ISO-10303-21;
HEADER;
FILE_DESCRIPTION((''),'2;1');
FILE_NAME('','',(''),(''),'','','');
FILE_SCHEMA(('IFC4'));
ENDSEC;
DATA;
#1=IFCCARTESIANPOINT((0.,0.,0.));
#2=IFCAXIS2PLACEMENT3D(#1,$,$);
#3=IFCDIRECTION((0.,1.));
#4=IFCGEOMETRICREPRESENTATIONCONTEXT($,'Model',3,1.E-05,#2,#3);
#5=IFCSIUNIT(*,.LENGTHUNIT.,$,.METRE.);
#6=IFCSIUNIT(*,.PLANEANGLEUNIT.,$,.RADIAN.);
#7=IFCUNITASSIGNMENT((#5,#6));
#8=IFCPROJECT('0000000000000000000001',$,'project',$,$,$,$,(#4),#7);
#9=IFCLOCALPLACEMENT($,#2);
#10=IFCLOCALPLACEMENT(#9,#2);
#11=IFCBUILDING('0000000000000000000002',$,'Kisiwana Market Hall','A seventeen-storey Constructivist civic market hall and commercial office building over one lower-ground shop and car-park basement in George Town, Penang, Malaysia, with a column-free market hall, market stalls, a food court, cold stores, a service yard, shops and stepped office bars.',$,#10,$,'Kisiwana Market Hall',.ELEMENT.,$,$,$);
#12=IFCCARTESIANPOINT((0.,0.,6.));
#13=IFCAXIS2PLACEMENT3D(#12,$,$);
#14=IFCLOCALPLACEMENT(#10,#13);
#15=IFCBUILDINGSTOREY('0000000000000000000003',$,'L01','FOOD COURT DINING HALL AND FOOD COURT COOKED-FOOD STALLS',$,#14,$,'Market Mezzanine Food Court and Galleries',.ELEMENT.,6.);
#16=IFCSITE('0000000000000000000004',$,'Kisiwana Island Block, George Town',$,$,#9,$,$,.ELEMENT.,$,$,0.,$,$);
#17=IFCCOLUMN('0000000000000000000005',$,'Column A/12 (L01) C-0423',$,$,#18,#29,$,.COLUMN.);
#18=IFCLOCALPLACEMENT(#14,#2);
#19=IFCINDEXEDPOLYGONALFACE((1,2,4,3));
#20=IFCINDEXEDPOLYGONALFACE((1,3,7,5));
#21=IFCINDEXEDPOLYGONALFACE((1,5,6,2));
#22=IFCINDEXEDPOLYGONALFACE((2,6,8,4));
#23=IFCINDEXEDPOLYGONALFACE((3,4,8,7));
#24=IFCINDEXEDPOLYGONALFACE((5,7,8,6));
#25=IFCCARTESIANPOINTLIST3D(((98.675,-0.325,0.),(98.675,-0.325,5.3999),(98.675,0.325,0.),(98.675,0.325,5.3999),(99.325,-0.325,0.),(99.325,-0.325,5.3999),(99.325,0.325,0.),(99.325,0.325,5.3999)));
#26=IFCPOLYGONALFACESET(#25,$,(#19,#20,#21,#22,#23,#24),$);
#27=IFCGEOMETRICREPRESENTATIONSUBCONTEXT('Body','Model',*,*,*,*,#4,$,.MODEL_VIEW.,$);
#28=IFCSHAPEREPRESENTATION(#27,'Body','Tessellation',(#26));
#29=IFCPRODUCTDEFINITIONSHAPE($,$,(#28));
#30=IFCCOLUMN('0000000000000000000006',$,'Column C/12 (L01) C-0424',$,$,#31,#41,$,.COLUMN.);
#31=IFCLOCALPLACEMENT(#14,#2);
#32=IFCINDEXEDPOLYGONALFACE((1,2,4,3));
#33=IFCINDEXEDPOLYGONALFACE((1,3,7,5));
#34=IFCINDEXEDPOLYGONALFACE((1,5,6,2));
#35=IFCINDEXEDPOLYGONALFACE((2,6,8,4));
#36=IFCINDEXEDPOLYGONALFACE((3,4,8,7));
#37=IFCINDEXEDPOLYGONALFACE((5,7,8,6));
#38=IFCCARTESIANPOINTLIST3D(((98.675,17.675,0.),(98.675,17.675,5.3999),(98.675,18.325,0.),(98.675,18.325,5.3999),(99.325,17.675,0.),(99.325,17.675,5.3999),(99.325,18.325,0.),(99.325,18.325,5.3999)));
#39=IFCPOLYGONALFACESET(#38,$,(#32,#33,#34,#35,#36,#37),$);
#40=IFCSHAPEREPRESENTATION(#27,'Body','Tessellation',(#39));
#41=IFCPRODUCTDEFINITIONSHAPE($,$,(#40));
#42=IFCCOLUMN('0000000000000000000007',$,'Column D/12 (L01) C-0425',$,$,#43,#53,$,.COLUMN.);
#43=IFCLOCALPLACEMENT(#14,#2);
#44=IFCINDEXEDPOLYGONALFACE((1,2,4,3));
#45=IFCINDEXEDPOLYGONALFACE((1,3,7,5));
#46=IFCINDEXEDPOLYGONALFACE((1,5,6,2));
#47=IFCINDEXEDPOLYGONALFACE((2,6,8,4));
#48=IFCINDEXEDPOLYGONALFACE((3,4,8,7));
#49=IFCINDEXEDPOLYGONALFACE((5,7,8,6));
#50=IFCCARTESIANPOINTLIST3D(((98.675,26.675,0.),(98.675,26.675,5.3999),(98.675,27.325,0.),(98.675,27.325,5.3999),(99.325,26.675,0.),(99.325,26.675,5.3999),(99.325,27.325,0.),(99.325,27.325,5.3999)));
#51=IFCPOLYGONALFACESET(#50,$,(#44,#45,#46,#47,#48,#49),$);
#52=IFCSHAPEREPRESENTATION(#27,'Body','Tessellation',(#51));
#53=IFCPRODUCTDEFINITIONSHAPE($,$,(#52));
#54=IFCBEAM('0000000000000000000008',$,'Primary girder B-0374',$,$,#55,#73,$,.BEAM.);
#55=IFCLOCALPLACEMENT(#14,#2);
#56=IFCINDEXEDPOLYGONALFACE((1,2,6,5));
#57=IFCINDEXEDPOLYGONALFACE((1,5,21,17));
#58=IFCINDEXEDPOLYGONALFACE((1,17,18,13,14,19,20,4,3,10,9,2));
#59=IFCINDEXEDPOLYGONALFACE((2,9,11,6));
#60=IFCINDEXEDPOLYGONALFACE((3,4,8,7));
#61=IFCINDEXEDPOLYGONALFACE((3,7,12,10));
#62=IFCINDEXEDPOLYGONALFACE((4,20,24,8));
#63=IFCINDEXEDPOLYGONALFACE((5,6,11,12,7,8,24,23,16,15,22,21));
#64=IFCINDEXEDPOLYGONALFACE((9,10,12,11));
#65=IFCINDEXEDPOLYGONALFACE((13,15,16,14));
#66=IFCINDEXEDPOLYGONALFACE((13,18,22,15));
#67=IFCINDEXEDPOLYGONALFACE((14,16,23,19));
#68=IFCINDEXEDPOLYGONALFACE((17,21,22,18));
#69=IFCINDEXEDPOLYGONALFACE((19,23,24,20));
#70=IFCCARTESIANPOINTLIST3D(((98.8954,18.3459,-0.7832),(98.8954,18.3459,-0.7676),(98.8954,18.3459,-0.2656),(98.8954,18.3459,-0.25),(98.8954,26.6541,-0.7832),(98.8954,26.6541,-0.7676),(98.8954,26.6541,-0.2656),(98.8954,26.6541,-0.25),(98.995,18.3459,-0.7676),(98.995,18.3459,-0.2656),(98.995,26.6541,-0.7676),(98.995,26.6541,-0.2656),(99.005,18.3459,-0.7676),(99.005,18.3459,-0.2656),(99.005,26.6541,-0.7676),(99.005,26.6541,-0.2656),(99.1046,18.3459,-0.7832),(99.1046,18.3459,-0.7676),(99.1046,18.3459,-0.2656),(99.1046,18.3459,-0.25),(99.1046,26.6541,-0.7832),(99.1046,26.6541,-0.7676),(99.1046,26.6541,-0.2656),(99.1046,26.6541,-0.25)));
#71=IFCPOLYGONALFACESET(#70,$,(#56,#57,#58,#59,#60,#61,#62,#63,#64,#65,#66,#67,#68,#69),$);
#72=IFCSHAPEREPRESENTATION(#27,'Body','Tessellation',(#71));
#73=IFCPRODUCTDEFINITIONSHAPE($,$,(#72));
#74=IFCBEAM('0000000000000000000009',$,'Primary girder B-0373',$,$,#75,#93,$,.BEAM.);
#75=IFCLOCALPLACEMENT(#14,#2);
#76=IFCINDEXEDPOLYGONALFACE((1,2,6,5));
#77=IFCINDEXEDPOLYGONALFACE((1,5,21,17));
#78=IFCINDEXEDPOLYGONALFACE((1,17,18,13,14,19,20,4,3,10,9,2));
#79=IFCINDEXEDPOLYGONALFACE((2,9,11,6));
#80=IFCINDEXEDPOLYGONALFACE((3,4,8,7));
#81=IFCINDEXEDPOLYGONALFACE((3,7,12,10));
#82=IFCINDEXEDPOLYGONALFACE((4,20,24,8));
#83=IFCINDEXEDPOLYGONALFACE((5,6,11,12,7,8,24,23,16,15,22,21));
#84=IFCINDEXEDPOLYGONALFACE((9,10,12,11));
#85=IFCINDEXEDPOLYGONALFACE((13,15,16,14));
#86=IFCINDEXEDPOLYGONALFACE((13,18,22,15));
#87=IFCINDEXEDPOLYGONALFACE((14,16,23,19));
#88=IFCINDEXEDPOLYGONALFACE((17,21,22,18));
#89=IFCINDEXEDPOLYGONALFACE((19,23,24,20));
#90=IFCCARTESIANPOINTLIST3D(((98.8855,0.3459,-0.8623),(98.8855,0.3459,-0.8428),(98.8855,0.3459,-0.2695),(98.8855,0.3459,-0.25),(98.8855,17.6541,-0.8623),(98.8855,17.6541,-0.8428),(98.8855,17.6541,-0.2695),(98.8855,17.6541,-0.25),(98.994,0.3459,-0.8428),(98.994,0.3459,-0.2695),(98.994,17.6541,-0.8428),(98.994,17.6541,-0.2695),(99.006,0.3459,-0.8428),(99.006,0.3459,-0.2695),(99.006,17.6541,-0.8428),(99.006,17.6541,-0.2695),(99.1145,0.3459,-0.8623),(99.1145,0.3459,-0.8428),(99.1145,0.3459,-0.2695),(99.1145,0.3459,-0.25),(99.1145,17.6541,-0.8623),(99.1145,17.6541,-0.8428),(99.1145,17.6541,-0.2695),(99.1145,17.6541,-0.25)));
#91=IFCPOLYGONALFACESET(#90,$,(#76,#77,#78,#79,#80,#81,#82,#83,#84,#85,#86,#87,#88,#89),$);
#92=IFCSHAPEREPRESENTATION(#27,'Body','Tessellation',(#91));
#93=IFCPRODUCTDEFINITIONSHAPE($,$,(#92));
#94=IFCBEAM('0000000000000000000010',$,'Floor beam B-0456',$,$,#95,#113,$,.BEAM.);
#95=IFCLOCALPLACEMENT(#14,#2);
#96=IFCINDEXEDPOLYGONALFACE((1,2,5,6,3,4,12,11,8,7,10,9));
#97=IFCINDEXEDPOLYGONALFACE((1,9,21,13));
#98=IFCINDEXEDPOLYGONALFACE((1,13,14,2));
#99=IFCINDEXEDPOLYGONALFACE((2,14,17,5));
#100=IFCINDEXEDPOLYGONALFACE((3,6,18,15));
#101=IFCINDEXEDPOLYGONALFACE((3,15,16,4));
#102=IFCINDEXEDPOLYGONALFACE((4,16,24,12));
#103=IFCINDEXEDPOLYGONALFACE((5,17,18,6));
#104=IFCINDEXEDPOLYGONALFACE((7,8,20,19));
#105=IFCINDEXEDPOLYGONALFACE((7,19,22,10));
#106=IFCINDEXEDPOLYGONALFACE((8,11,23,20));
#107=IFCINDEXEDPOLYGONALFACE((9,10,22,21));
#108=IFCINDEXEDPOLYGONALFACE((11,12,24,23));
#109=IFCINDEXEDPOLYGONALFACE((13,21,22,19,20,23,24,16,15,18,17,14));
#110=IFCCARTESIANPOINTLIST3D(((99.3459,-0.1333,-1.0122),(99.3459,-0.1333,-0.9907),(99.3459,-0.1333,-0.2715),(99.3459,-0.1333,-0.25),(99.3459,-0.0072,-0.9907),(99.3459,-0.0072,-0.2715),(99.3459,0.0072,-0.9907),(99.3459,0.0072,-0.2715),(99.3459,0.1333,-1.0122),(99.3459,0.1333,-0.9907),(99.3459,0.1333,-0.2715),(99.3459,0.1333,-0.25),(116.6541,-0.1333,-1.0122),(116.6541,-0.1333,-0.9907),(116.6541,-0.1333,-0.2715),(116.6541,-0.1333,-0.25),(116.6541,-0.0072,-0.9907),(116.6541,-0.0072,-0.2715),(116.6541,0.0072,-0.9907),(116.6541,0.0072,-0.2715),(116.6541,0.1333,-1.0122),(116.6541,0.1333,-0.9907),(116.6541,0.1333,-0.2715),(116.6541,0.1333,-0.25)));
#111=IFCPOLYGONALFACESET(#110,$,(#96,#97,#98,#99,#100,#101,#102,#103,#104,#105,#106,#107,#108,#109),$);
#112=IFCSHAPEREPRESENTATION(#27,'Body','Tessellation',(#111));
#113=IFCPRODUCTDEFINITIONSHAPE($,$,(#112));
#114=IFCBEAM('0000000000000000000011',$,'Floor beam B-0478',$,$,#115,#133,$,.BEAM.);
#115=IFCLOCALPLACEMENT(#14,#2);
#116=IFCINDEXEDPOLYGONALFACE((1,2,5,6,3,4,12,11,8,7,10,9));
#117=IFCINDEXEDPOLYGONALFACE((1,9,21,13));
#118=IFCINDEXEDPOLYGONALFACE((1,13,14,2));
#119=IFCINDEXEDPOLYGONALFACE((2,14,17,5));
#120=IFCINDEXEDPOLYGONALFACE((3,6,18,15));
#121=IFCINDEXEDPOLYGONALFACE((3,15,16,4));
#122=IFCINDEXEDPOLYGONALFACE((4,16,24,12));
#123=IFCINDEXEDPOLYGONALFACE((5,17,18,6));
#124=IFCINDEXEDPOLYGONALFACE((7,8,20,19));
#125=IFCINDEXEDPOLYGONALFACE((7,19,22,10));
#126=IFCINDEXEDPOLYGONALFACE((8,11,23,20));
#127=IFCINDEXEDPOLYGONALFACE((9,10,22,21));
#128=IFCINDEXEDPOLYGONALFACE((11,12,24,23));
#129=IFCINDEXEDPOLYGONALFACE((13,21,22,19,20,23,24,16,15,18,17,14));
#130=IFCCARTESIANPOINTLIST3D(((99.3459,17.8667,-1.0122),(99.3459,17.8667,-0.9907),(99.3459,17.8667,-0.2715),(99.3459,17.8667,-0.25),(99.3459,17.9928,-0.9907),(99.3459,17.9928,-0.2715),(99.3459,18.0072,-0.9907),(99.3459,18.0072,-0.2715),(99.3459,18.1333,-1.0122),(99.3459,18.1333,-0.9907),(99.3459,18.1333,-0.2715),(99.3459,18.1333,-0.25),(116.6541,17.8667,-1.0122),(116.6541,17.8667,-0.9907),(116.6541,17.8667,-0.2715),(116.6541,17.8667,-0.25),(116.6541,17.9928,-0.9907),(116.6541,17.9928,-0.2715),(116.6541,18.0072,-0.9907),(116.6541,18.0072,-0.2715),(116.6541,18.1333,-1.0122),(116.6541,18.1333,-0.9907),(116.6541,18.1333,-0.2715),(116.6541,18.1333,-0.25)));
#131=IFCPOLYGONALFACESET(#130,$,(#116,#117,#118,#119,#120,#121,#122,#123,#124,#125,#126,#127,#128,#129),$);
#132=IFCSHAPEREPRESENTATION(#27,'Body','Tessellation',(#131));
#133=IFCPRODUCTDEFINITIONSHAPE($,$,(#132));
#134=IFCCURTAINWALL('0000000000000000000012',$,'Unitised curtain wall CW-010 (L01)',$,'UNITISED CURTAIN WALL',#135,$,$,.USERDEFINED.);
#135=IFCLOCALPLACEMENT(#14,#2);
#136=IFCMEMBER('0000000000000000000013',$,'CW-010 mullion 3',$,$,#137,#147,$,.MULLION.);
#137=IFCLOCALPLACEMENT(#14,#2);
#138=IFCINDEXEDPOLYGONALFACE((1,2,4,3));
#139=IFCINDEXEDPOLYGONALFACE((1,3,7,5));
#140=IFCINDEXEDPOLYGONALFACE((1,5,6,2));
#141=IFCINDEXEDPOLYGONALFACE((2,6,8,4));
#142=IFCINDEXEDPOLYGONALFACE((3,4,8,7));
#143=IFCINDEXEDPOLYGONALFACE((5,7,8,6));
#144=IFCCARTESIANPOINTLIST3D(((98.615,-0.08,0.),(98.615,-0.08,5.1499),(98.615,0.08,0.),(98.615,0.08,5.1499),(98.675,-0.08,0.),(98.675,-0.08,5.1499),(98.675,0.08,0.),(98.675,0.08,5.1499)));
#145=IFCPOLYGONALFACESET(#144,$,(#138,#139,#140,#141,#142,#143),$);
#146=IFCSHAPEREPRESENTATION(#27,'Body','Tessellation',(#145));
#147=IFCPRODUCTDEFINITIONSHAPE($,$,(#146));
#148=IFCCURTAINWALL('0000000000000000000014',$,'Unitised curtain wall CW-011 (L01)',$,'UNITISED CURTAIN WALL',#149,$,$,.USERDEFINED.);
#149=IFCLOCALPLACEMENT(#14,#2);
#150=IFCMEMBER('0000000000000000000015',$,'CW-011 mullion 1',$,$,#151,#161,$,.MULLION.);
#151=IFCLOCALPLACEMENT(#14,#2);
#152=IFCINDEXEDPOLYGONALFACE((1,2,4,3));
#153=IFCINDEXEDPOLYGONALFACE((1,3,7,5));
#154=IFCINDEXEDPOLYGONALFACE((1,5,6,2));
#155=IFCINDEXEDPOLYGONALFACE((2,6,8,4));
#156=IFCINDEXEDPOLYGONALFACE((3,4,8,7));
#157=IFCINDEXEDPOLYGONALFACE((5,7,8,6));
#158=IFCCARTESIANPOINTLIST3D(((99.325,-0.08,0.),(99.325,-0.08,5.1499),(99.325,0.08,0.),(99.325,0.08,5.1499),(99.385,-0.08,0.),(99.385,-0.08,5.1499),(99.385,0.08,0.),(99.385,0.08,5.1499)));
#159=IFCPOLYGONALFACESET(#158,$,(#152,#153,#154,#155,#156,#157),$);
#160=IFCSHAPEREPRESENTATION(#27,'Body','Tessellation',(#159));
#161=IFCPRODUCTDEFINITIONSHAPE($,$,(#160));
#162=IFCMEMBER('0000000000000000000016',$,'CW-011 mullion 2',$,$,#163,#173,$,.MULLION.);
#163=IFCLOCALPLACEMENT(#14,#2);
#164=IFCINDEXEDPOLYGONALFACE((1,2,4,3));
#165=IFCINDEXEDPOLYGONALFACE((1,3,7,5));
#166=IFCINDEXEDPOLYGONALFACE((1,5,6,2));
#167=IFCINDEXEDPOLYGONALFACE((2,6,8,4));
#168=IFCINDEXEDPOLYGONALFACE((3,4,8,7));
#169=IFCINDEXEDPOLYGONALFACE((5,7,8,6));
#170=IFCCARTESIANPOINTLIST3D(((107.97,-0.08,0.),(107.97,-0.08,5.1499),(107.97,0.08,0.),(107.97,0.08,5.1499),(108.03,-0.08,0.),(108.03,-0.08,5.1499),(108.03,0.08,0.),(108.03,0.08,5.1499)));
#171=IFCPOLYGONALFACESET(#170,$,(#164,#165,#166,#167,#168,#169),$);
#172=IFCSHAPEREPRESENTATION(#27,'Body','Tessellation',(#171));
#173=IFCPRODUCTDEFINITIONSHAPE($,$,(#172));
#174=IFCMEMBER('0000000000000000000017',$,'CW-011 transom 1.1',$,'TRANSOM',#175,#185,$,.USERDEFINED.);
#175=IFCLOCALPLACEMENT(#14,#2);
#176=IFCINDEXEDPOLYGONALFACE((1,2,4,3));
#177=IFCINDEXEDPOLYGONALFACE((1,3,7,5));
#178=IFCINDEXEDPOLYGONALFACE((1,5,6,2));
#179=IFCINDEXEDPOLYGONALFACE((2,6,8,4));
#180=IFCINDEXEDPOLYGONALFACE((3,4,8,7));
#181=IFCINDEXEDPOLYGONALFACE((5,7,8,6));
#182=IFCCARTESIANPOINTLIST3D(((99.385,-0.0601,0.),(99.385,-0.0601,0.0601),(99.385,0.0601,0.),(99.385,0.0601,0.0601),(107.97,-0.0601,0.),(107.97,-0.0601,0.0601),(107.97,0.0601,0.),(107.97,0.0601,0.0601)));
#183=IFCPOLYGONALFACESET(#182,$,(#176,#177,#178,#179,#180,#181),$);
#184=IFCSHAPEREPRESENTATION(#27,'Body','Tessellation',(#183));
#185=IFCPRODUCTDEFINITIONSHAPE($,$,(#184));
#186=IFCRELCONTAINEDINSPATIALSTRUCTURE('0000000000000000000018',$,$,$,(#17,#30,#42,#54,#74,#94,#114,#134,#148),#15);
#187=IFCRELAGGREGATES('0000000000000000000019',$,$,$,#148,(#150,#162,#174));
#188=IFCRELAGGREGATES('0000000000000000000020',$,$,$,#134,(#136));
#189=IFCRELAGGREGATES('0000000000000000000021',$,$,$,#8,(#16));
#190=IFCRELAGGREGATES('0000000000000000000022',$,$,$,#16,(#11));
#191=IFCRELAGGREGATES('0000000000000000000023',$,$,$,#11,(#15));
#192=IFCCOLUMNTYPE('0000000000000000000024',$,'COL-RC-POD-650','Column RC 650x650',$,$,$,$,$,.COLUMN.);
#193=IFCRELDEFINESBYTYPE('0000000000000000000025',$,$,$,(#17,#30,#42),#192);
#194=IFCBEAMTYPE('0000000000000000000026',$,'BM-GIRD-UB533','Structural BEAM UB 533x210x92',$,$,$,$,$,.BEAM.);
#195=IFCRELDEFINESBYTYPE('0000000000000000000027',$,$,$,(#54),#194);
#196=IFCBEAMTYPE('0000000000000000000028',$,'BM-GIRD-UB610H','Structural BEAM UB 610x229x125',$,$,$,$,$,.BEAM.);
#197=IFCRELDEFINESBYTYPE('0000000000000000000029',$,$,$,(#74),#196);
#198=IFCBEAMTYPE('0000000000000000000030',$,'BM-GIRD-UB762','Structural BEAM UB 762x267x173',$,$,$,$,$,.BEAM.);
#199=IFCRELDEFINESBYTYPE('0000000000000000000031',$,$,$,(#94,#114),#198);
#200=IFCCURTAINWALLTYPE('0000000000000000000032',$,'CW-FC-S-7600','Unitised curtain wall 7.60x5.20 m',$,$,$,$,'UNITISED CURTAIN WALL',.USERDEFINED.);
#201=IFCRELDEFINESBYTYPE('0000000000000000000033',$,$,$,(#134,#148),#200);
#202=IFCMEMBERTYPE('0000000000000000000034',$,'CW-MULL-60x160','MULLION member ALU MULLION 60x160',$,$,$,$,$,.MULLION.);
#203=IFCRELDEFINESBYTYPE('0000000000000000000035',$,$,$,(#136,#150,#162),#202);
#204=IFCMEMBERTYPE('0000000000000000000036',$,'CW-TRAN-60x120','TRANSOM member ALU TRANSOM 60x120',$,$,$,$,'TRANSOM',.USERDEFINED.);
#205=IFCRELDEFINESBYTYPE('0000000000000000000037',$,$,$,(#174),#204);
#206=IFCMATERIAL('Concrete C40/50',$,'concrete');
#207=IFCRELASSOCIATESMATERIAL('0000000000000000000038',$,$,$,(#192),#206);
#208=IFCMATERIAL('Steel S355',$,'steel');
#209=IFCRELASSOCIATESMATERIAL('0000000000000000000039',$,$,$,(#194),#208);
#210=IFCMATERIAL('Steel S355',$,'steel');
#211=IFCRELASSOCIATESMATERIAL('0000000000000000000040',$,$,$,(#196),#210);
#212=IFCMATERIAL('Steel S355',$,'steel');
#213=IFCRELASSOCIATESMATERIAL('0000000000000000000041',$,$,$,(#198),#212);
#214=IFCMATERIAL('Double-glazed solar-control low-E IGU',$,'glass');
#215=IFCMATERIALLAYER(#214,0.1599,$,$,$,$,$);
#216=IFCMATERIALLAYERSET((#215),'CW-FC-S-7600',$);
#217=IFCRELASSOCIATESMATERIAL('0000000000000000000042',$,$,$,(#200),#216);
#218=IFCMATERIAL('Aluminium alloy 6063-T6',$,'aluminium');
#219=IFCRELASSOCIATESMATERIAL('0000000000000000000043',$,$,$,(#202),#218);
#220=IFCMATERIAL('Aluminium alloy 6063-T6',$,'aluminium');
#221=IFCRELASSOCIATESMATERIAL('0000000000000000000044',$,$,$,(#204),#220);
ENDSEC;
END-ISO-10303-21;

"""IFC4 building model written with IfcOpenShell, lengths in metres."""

from ifc_helpers import new_model, si_unit, direction, frame, origin, origin_2d, place, context, subcontext, project, spatial, rectangle, i_section, extrude, material, layer, layer_set, material_profile, profile_set, type_object, element, aggregate, save


model = new_model("IFC4")

# Units and contexts
model_context = context("Model", 3, precision=1e-05, world=origin(), true_north=direction((0.0, 1.0)))
body_context = subcontext(model_context, "Body", "Model", "MODEL_VIEW")
ifc_project = project(units=[si_unit("LENGTHUNIT", "METRE"), si_unit("PLANEANGLEUNIT", "RADIAN")], contexts=[model_context])

# Site, building, storey
site_placement = place(None, origin())
site = spatial("IfcSite", under=ifc_project, at=site_placement, Name="Kisiwana Island Block, George Town", CompositionType="ELEMENT", RefElevation=0.0)
building_placement = place(site_placement, origin())
building = spatial("IfcBuilding", under=site, at=building_placement, Name="Kisiwana Market Hall", Description="A seventeen-storey Constructivist civic market hall and commercial office building over one lower-ground shop and car-park basement in George Town, Penang, Malaysia, with a column-free market hall, market stalls, a food court, cold stores, a service yard, shops and stepped office bars.", LongName="Kisiwana Market Hall", CompositionType="ELEMENT")
storey_placement = place(building_placement, frame((0.0, 0.0, 6.0)))
storey = spatial("IfcBuildingStorey", under=building, at=storey_placement, Name="L01", Description="FOOD COURT DINING HALL AND FOOD COURT COOKED-FOOD STALLS", LongName="Market Mezzanine Food Court and Galleries", CompositionType="ELEMENT", Elevation=6.0)

# Columns
ifc_material_1 = material(Name="Concrete C40/50", Category="concrete")
ifc_material_profile_1 = material_profile(ifc_material_1, rectangle(XDim=0.6499, YDim=0.6499, at=origin_2d()), Name="RC 650x650")
ifc_profile_set_1 = profile_set([ifc_material_profile_1], Name="Concrete C40/50")
column_type = type_object("IfcColumnType", Name="COL-RC-POD-650", Description="Column RC 650x650", PredefinedType="COLUMN", material=ifc_profile_set_1)
for number, where, z_axis, x_axis, name in (
    (1, (99.0, 0.0, 0.0), (0.0, 0.0, 1.0), (1.0, 0.0, 0.0), "Column A/12 (L01) C-0423"),
    (2, (99.0, 18.0, 0.0), (0.0, 0.0, 1.0), (1.0, 0.0, 0.0), "Column C/12 (L01) C-0424"),
    (3, (99.0, 27.0, 0.0), (0.0, 0.0, 1.0), (1.0, 0.0, 0.0), "Column D/12 (L01) C-0425"),
):
    element("IfcColumn", number, at=place(storey_placement, frame(where, z_axis=z_axis, x_axis=x_axis)), inside=storey, type_object=column_type, Name=name, PredefinedType="COLUMN", context=body_context, shape_type="SweptSolid", body=[
        extrude(rectangle(XDim=0.6499, YDim=0.6499, at=origin_2d()), origin(), (0.0, 0.0, 1.0), 5.3999),
    ])

# Beams
ifc_material_2 = material(Name="Steel S355", Category="steel")
ifc_material_profile_2 = material_profile(ifc_material_2, i_section(OverallWidth=0.2092, OverallDepth=0.5332, WebThickness=0.01, FlangeThickness=0.0156, at=origin_2d()), Name="UB 533x210x92")
ifc_profile_set_2 = profile_set([ifc_material_profile_2], Name="Steel S355")
beam_type_1 = type_object("IfcBeamType", Name="BM-GIRD-UB533", Description="Structural BEAM UB 533x210x92", PredefinedType="BEAM", material=ifc_profile_set_2)
beam_1_placement = place(storey_placement, frame((99.0, 18.3459, -0.5166), z_axis=(0.0, 1.0, 0.0), x_axis=(-1.0, 0.0, 0.0)))
element("IfcBeam", 4, at=beam_1_placement, inside=storey, type_object=beam_type_1, Name="Primary girder B-0374", PredefinedType="BEAM", context=body_context, shape_type="SweptSolid", body=[
    extrude(i_section(OverallWidth=0.2092, OverallDepth=0.5332, WebThickness=0.01, FlangeThickness=0.0156, at=origin_2d()), origin(), (0.0, 0.0, 1.0), 8.3081),
])
ifc_material_3 = material(Name="Steel S355", Category="steel")
ifc_material_profile_3 = material_profile(ifc_material_3, i_section(OverallWidth=0.229, OverallDepth=0.6123, WebThickness=0.012, FlangeThickness=0.0195, at=origin_2d()), Name="UB 610x229x125")
ifc_profile_set_3 = profile_set([ifc_material_profile_3], Name="Steel S355")
beam_type_2 = type_object("IfcBeamType", Name="BM-GIRD-UB610H", Description="Structural BEAM UB 610x229x125", PredefinedType="BEAM", material=ifc_profile_set_3)
beam_2_placement = place(storey_placement, frame((99.0, 0.3459, -0.5562), z_axis=(0.0, 1.0, 0.0), x_axis=(-1.0, 0.0, 0.0)))
element("IfcBeam", 5, at=beam_2_placement, inside=storey, type_object=beam_type_2, Name="Primary girder B-0373", PredefinedType="BEAM", context=body_context, shape_type="SweptSolid", body=[
    extrude(i_section(OverallWidth=0.229, OverallDepth=0.6123, WebThickness=0.012, FlangeThickness=0.0195, at=origin_2d()), origin(), (0.0, 0.0, 1.0), 17.3081),
])
ifc_material_4 = material(Name="Steel S355", Category="steel")
ifc_material_profile_4 = material_profile(ifc_material_4, i_section(OverallWidth=0.2666, OverallDepth=0.7622, WebThickness=0.0144, FlangeThickness=0.0215, at=origin_2d()), Name="UB 762x267x173")
ifc_profile_set_4 = profile_set([ifc_material_profile_4], Name="Steel S355")
beam_type_3 = type_object("IfcBeamType", Name="BM-GIRD-UB762", Description="Structural BEAM UB 762x267x173", PredefinedType="BEAM", material=ifc_profile_set_4)
for number, where, z_axis, x_axis, name in (
    (6, (99.3459, 0.0, -0.6311), (1.0, 0.0, 0.0), (0.0, 1.0, 0.0), "Floor beam B-0456"),
    (7, (99.3459, 18.0, -0.6311), (1.0, 0.0, 0.0), (0.0, 1.0, 0.0), "Floor beam B-0478"),
):
    element("IfcBeam", number, at=place(storey_placement, frame(where, z_axis=z_axis, x_axis=x_axis)), inside=storey, type_object=beam_type_3, Name=name, PredefinedType="BEAM", context=body_context, shape_type="SweptSolid", body=[
        extrude(i_section(OverallWidth=0.2666, OverallDepth=0.7622, WebThickness=0.0144, FlangeThickness=0.0215, at=origin_2d()), origin(), (0.0, 0.0, 1.0), 17.3081),
    ])

# Curtain wall, member
ifc_material_5 = material(Name="Double-glazed solar-control low-E IGU", Category="glass")
ifc_layer_1 = layer(ifc_material_5, 0.1599)
ifc_layer_set_1 = layer_set([ifc_layer_1], Name="CW-FC-S-7600")
curtain_wall_type = type_object("IfcCurtainWallType", Name="CW-FC-S-7600", Description="Unitised curtain wall 7.60x5.20 m", ElementType="UNITISED CURTAIN WALL", PredefinedType="USERDEFINED", material=ifc_layer_set_1)
curtain_wall_1_placement = place(storey_placement, origin())
curtain_wall_1 = element("IfcCurtainWall", 8, at=curtain_wall_1_placement, inside=storey, type_object=curtain_wall_type, Name="Unitised curtain wall CW-010 (L01)", ObjectType="UNITISED CURTAIN WALL", PredefinedType="USERDEFINED")
ifc_material_6 = material(Name="Aluminium alloy 6063-T6", Category="aluminium")
ifc_material_profile_5 = material_profile(ifc_material_6, rectangle(XDim=0.0601, YDim=0.1599, at=origin_2d()), Name="ALU MULLION 60x160")
ifc_profile_set_5 = profile_set([ifc_material_profile_5], Name="Aluminium alloy 6063-T6")
member_type_1 = type_object("IfcMemberType", Name="CW-MULL-60x160", Description="MULLION member ALU MULLION 60x160", PredefinedType="MULLION", material=ifc_profile_set_5)
member_1_placement = place(storey_placement, frame((98.645, 0.0, 0.0), z_axis=(0.0, 0.0, 1.0), x_axis=(1.0, 0.0, 0.0)))
member_1 = element("IfcMember", 9, at=member_1_placement, type_object=member_type_1, Name="CW-010 mullion 3", PredefinedType="MULLION", context=body_context, shape_type="SweptSolid", body=[
    extrude(rectangle(XDim=0.0601, YDim=0.1599, at=origin_2d()), origin(), (0.0, 0.0, 1.0), 5.1499),
])

# Curtain wall, members
curtain_wall_2_placement = place(storey_placement, origin())
curtain_wall_2 = element("IfcCurtainWall", 10, at=curtain_wall_2_placement, inside=storey, type_object=curtain_wall_type, Name="Unitised curtain wall CW-011 (L01)", ObjectType="UNITISED CURTAIN WALL", PredefinedType="USERDEFINED")
member_2_placement = place(storey_placement, frame((99.355, 0.0, 0.0), z_axis=(0.0, 0.0, 1.0), x_axis=(1.0, 0.0, 0.0)))
member_2 = element("IfcMember", 11, at=member_2_placement, type_object=member_type_1, Name="CW-011 mullion 1", PredefinedType="MULLION", context=body_context, shape_type="SweptSolid", body=[
    extrude(rectangle(XDim=0.0601, YDim=0.1599, at=origin_2d()), origin(), (0.0, 0.0, 1.0), 5.1499),
])
member_3_placement = place(storey_placement, frame((108.0, 0.0, 0.0), z_axis=(0.0, 0.0, 1.0), x_axis=(1.0, 0.0, 0.0)))
member_3 = element("IfcMember", 12, at=member_3_placement, type_object=member_type_1, Name="CW-011 mullion 2", PredefinedType="MULLION", context=body_context, shape_type="SweptSolid", body=[
    extrude(rectangle(XDim=0.0601, YDim=0.1599, at=origin_2d()), origin(), (0.0, 0.0, 1.0), 5.1499),
])
ifc_material_7 = material(Name="Aluminium alloy 6063-T6", Category="aluminium")
ifc_material_profile_6 = material_profile(ifc_material_7, rectangle(XDim=0.1201, YDim=0.0601, at=origin_2d()), Name="ALU TRANSOM 60x120")
ifc_profile_set_6 = profile_set([ifc_material_profile_6], Name="Aluminium alloy 6063-T6")
member_type_2 = type_object("IfcMemberType", Name="CW-TRAN-60x120", Description="TRANSOM member ALU TRANSOM 60x120", ElementType="TRANSOM", PredefinedType="USERDEFINED", material=ifc_profile_set_6)
member_4_placement = place(storey_placement, frame((99.385, 0.0, 0.03), z_axis=(1.0, 0.0, 0.0), x_axis=(0.0, 1.0, 0.0)))
member_4 = element("IfcMember", 13, at=member_4_placement, type_object=member_type_2, Name="CW-011 transom 1.1", ObjectType="TRANSOM", PredefinedType="USERDEFINED", context=body_context, shape_type="SweptSolid", body=[
    extrude(rectangle(XDim=0.1201, YDim=0.0601, at=origin_2d()), origin(), (0.0, 0.0, 1.0), 8.585),
])
aggregate(curtain_wall_2, [member_2, member_3, member_4])

aggregate(curtain_wall_1, [member_1])

save(model, "model.ifc")
